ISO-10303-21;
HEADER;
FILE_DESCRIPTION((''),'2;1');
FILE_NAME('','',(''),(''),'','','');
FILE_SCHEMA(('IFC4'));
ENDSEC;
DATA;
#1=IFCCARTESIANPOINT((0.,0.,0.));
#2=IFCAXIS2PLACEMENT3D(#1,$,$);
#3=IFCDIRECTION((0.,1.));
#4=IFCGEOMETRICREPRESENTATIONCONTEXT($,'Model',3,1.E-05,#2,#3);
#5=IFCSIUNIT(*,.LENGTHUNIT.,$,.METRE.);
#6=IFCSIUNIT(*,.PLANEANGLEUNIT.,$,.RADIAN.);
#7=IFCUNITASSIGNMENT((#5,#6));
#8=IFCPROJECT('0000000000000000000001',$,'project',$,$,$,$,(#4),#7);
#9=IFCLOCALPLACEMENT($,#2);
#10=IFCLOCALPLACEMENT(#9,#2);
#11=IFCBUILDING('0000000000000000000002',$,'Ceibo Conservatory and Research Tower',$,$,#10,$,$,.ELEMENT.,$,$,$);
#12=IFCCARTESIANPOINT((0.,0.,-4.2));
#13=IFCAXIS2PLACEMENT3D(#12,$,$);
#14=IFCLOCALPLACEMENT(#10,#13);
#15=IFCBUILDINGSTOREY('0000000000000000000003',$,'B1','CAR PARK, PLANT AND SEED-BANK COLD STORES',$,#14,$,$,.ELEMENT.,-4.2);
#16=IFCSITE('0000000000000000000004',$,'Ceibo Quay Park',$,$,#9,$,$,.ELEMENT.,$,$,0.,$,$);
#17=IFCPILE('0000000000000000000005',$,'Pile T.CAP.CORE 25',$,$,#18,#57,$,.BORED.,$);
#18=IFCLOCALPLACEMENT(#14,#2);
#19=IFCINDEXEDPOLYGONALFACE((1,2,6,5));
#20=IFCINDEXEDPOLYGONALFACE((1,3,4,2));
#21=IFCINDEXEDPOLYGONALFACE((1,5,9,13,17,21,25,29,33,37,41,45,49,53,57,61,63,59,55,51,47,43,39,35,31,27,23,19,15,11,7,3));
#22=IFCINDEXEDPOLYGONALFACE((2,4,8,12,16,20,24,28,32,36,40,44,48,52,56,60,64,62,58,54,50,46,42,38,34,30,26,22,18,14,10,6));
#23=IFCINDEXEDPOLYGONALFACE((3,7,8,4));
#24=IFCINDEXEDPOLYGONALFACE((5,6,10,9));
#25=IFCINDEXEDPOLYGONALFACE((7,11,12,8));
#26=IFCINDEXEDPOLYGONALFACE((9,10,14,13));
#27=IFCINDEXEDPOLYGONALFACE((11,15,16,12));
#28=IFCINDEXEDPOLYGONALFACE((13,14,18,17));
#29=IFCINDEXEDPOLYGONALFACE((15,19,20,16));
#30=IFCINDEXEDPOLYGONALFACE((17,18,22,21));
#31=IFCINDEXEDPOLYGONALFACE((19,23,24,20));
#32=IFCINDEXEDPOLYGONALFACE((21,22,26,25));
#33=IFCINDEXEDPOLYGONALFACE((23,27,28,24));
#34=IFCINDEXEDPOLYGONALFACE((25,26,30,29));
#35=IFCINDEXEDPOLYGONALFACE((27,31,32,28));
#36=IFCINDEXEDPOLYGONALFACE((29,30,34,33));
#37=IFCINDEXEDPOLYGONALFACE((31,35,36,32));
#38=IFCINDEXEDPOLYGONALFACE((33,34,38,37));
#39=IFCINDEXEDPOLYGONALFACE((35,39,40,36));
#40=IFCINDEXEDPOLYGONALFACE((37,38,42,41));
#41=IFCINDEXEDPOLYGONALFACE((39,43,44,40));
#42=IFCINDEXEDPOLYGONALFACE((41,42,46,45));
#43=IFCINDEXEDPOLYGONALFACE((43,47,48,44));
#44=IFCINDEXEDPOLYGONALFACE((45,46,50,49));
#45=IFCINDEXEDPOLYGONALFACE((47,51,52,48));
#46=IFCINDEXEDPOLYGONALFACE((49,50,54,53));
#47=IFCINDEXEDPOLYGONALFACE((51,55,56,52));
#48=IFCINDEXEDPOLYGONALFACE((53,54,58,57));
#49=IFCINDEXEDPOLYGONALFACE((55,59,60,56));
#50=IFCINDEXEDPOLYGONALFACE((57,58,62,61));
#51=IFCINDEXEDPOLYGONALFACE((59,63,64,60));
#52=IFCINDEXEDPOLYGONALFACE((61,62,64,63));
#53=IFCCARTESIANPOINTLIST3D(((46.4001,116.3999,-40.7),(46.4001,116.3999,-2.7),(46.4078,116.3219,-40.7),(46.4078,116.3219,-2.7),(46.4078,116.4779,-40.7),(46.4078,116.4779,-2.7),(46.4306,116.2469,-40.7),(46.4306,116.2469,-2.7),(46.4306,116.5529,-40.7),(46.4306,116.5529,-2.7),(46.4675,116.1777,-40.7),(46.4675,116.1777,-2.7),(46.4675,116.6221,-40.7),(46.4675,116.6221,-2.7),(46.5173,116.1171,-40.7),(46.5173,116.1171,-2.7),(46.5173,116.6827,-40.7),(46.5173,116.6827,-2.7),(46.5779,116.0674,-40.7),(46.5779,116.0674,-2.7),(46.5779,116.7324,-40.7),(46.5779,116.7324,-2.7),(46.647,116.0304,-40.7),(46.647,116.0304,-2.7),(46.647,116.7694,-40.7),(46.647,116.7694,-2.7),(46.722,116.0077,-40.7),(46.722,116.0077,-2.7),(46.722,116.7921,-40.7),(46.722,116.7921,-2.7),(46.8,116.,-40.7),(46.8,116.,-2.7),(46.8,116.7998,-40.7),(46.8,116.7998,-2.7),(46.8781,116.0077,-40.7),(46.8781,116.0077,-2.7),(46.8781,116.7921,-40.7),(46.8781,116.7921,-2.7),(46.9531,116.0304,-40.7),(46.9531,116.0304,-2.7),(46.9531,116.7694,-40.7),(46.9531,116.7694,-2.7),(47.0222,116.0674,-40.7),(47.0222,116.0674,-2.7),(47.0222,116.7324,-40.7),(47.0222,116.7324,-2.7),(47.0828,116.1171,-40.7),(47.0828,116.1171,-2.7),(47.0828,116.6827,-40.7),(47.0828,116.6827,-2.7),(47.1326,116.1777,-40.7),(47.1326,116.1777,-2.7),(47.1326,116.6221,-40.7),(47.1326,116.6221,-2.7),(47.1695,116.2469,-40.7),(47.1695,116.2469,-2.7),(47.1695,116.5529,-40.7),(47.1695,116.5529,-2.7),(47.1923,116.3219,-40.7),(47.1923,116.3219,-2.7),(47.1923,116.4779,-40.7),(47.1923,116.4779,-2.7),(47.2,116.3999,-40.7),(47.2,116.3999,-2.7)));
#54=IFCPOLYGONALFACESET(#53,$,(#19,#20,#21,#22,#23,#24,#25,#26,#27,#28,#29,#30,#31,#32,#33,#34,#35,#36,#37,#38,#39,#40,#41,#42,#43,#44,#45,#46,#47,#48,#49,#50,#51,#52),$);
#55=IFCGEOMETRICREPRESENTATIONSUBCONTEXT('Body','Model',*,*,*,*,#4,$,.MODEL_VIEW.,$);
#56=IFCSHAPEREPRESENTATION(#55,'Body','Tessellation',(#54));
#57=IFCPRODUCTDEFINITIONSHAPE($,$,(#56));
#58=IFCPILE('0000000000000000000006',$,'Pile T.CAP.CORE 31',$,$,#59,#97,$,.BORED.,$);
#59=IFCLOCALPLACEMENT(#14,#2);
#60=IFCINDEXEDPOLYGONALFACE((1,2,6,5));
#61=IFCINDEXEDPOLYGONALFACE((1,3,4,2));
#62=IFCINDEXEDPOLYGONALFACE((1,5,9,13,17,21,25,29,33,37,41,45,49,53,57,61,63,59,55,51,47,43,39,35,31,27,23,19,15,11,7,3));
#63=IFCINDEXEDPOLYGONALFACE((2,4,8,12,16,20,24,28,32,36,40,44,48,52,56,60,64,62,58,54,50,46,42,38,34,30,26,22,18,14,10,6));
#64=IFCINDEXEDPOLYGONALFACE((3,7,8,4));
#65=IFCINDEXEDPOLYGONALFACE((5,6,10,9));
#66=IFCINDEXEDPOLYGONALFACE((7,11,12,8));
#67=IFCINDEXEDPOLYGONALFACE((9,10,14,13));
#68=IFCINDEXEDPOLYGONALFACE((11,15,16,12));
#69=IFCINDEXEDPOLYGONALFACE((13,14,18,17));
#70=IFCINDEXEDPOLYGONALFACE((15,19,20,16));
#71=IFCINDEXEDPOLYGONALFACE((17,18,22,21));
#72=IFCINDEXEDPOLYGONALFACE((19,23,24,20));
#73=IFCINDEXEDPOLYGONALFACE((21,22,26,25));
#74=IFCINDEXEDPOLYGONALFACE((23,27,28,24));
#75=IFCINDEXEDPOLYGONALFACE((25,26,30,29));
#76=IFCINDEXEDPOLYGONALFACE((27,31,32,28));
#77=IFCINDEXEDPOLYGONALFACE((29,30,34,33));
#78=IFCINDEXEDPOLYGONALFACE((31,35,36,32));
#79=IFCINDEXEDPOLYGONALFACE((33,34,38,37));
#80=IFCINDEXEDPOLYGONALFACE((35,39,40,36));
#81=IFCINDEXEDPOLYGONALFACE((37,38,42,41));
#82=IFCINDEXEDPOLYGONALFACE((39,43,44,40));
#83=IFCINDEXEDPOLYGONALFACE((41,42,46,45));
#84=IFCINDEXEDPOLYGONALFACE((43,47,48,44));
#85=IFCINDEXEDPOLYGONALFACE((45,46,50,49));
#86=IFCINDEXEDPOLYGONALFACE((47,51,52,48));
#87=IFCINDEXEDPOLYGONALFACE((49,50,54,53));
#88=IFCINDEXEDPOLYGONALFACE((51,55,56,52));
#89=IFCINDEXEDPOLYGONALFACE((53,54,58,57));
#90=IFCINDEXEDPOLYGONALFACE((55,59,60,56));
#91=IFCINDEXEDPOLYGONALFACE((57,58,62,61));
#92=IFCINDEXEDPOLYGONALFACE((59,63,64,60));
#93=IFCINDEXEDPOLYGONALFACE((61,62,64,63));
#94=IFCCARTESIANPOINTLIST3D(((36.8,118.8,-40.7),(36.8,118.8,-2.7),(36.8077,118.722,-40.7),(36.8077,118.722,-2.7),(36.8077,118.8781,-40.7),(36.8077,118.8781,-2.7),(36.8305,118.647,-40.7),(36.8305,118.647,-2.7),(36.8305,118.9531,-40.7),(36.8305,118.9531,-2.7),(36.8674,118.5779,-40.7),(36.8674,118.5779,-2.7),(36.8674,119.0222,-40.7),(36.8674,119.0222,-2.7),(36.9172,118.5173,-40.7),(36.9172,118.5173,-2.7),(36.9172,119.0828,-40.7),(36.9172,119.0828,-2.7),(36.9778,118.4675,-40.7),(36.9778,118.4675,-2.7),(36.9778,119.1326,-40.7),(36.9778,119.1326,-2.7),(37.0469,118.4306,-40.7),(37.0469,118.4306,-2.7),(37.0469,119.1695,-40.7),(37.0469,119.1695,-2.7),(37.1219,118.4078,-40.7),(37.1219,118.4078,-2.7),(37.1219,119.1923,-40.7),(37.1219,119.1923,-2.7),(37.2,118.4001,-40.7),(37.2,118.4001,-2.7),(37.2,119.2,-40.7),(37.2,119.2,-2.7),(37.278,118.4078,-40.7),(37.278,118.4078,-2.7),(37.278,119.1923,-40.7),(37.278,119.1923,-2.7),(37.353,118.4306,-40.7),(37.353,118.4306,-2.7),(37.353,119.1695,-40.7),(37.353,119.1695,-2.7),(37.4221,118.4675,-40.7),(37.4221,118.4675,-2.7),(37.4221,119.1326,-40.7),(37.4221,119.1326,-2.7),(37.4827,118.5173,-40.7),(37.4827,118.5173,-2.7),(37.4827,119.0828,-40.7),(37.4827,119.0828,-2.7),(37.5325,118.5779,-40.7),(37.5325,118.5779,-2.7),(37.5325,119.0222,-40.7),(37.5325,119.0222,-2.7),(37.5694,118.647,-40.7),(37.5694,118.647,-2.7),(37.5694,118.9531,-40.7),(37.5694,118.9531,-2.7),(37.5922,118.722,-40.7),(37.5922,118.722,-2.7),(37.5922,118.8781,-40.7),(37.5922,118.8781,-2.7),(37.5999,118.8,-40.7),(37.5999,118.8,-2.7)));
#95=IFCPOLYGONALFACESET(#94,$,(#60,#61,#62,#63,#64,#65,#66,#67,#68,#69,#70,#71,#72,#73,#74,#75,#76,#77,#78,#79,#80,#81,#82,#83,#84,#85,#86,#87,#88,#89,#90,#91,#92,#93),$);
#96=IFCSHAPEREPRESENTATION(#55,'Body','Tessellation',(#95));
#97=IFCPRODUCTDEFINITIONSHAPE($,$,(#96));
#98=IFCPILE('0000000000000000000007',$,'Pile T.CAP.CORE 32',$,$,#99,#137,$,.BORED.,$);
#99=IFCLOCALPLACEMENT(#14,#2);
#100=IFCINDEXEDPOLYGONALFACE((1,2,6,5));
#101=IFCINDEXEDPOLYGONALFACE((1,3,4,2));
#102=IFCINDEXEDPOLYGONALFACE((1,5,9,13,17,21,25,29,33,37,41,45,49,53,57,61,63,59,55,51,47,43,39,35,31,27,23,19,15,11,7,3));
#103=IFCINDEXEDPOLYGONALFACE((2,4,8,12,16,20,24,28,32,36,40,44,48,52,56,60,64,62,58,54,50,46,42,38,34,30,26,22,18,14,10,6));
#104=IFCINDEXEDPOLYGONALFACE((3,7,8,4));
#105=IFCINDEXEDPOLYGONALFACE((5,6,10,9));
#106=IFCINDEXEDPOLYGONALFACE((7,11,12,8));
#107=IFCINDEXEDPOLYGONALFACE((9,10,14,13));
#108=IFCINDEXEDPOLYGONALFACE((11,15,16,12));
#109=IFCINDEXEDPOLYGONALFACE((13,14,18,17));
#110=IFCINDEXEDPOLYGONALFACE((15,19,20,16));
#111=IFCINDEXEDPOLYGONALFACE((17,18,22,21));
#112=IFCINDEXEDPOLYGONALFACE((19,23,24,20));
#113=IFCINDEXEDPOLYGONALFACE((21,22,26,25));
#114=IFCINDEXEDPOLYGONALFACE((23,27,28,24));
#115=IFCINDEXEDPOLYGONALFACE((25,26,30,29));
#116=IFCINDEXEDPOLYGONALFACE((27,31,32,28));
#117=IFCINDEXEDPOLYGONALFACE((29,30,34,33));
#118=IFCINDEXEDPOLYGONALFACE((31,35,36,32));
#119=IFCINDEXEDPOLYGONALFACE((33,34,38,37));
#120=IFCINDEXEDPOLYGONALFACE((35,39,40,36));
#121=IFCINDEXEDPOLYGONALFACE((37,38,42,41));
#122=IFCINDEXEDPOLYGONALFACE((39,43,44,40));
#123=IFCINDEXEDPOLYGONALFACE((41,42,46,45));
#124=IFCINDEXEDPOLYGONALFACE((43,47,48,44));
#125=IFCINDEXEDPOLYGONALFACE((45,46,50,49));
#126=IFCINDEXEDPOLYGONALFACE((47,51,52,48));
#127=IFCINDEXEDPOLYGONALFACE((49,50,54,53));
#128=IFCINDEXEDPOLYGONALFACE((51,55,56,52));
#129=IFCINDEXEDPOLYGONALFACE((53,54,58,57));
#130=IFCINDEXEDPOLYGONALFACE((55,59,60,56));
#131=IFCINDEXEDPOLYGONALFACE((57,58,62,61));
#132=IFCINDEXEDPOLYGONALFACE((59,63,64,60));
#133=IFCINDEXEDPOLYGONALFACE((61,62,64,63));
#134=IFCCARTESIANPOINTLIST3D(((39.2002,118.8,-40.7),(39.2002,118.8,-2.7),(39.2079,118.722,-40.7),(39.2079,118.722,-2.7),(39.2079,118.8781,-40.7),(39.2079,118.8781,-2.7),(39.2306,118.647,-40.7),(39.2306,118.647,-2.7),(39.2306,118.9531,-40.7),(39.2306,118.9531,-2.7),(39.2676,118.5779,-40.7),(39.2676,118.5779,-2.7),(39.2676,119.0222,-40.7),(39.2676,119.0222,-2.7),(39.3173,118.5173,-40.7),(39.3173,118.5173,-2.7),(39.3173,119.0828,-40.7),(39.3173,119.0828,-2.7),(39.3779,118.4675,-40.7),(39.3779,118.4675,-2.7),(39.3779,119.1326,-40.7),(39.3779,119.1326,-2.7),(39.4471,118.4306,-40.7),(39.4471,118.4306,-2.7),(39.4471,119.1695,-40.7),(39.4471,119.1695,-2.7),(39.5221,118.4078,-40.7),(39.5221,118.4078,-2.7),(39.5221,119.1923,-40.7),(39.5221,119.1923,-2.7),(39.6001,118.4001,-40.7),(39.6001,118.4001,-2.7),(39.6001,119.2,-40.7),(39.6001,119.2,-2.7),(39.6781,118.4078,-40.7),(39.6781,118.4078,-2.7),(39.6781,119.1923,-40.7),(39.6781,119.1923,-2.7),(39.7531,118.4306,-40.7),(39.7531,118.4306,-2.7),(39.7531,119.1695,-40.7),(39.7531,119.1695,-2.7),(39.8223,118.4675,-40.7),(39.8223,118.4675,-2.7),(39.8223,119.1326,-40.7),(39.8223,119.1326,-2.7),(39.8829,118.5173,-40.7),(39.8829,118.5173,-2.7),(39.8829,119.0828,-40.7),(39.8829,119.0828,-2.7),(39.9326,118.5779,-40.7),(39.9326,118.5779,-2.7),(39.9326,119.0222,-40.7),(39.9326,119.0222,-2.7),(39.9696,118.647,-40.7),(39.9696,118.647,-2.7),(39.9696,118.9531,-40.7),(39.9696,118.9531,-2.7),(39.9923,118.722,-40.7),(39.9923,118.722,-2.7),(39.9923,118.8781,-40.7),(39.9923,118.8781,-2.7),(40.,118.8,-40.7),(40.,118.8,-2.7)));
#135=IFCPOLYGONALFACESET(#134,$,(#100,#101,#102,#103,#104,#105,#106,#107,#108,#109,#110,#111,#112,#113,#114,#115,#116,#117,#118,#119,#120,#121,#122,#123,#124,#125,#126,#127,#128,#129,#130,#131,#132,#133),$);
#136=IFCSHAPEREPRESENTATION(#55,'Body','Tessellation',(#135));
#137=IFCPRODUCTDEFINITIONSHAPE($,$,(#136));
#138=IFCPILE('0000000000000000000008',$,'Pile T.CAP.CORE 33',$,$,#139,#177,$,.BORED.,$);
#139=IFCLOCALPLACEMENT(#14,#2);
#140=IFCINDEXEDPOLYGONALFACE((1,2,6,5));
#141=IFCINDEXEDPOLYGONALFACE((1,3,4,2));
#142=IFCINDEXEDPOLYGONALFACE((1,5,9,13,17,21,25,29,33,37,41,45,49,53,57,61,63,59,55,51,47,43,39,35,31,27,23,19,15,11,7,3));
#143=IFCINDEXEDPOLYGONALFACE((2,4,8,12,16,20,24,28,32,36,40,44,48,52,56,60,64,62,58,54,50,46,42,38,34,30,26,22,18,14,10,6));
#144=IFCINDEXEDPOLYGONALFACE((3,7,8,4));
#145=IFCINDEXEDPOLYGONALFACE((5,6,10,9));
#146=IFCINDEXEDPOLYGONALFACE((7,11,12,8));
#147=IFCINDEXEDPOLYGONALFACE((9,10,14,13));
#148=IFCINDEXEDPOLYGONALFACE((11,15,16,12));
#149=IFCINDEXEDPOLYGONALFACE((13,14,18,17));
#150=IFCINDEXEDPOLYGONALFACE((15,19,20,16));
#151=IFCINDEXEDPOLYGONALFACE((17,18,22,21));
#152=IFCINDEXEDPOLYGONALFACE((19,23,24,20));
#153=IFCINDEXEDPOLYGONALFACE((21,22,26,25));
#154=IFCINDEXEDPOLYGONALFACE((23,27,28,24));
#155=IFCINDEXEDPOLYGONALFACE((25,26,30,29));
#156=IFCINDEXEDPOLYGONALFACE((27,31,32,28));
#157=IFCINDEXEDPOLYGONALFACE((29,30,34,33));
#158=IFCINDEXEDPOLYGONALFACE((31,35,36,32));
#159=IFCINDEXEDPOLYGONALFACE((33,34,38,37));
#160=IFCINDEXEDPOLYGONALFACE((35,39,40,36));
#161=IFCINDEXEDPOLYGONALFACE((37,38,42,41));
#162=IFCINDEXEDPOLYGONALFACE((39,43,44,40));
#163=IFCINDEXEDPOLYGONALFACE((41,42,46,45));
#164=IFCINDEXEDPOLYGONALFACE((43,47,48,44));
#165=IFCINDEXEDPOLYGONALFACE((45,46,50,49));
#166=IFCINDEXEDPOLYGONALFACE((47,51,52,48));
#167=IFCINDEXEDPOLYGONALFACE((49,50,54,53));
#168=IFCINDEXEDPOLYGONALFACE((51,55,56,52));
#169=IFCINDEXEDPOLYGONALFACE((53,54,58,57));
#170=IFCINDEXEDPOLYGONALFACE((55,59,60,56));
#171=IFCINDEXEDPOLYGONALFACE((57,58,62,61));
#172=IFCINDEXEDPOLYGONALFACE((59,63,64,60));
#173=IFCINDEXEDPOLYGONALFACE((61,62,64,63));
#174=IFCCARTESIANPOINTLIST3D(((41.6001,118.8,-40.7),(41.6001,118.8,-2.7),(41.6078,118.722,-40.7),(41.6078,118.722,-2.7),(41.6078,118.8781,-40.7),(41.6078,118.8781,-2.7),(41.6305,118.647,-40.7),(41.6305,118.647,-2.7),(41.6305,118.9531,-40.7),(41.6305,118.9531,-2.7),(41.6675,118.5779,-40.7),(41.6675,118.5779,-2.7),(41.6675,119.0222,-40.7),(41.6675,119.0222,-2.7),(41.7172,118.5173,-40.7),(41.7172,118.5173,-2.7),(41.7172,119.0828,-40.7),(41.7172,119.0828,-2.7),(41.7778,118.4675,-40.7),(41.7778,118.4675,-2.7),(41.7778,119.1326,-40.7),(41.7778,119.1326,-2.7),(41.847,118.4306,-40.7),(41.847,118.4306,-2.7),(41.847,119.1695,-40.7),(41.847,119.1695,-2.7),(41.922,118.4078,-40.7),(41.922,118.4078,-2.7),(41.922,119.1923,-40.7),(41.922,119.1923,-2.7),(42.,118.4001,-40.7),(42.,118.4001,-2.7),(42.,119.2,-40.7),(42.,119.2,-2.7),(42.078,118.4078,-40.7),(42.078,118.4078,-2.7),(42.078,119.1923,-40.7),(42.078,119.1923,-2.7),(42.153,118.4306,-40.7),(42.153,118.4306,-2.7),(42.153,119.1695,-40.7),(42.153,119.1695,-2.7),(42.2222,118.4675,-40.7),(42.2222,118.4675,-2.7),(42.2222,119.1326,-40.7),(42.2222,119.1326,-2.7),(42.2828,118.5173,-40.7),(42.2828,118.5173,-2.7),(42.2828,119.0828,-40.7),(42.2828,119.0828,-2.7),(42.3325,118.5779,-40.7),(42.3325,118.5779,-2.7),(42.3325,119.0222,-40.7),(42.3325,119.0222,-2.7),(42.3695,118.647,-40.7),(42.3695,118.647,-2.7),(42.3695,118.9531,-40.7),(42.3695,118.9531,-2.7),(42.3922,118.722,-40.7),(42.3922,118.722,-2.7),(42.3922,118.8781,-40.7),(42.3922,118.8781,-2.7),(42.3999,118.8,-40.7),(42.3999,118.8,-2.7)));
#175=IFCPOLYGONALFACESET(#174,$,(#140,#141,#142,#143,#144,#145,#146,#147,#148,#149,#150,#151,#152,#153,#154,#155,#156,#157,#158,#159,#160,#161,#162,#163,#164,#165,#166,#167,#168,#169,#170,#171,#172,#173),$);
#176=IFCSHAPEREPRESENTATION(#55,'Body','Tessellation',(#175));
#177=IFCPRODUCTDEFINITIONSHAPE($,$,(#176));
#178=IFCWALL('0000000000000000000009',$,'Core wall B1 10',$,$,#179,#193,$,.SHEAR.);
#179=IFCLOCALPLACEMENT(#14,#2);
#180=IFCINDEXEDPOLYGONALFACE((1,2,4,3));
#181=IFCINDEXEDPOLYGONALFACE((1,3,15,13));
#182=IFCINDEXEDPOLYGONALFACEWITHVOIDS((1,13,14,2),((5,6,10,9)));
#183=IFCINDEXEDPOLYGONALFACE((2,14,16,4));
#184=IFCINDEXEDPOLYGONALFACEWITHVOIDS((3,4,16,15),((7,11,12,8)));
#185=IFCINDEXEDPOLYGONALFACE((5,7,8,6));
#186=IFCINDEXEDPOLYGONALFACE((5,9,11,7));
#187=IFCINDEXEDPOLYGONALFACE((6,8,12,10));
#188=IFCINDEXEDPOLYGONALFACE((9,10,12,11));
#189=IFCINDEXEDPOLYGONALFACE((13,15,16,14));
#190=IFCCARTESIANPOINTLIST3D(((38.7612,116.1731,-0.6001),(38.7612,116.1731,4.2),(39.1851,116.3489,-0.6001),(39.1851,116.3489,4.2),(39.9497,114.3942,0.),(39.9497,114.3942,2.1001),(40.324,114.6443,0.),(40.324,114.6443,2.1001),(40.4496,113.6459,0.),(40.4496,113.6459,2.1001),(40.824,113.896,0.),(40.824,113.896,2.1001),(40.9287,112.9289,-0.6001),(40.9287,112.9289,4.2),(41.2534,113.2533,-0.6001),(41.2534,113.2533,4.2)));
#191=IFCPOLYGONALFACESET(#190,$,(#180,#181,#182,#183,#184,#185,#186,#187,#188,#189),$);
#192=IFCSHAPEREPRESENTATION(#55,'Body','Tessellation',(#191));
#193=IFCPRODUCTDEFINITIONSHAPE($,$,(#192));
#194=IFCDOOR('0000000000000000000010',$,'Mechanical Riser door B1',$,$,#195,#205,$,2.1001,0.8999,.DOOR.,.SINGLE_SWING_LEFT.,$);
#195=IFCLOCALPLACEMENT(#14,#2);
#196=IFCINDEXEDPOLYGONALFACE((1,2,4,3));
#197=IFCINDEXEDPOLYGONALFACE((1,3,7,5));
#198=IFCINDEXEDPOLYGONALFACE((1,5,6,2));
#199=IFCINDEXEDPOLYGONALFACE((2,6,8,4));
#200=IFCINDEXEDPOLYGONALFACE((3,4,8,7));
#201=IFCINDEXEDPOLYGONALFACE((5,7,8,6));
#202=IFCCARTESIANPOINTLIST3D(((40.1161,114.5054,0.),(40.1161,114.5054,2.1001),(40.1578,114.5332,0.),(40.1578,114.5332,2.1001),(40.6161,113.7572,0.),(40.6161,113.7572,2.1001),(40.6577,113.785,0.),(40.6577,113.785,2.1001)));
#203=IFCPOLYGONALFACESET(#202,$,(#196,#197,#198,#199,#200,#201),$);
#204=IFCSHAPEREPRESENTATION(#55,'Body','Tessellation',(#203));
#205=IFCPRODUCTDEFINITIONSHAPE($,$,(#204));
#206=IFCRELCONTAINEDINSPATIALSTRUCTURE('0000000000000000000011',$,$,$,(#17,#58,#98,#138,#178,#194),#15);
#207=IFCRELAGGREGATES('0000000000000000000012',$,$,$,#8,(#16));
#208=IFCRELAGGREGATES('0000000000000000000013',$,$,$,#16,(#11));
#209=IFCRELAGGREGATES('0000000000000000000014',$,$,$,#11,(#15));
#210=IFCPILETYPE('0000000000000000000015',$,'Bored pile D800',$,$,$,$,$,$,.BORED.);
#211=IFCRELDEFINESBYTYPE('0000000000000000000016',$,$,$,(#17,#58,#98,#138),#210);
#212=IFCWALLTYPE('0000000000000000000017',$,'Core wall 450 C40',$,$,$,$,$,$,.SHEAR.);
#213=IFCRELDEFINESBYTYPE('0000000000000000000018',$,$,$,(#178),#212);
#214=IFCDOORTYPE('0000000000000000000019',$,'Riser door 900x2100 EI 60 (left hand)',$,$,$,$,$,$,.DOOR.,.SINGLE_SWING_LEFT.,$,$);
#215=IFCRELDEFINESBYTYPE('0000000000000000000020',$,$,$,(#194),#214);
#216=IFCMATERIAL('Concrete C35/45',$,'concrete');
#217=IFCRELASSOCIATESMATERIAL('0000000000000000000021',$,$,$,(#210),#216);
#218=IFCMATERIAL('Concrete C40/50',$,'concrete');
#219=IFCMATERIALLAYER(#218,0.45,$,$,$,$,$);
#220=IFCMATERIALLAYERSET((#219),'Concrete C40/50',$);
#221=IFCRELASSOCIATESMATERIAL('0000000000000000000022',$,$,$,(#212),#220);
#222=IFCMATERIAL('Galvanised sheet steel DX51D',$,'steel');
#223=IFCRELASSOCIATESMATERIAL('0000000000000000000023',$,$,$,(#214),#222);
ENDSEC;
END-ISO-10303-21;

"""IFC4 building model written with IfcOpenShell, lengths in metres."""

from ifc_helpers import new_model, si_unit, direction, frame, frame_2d, origin, origin_2d, place, context, subcontext, project, spatial, polyline, rectangle, circle, outline, extrude, material, layer, layer_set, material_profile, profile_set, type_object, element, fill, save


model = new_model("IFC4")

# Units and contexts
model_context = context("Model", 3, precision=1e-05, world=origin(), true_north=direction((0.0, 1.0)))
body_context = subcontext(model_context, "Body", "Model", "MODEL_VIEW")
ifc_project = project(units=[si_unit("LENGTHUNIT", "METRE"), si_unit("PLANEANGLEUNIT", "RADIAN")], contexts=[model_context])

# Site, building, storey
site_placement = place(None, origin())
site = spatial("IfcSite", under=ifc_project, at=site_placement, Name="Ceibo Quay Park", CompositionType="ELEMENT", RefElevation=0.0)
building_placement = place(site_placement, origin())
building = spatial("IfcBuilding", under=site, at=building_placement, Name="Ceibo Conservatory and Research Tower", CompositionType="ELEMENT")
storey_placement = place(building_placement, frame((0.0, 0.0, -4.2)))
storey = spatial("IfcBuildingStorey", under=building, at=storey_placement, Name="B1", Description="CAR PARK, PLANT AND SEED-BANK COLD STORES", CompositionType="ELEMENT", Elevation=-4.2)

# Piles
ifc_material_1 = material(Name="Concrete C35/45", Category="concrete")
ifc_material_profile = material_profile(ifc_material_1, circle(Radius=0.3999, at=origin_2d()), Name="RC D800")
ifc_profile_set = profile_set([ifc_material_profile], Name="Concrete C35/45")
pile_type = type_object("IfcPileType", Name="Bored pile D800", PredefinedType="BORED", material=ifc_profile_set)
for number, where, z_axis, x_axis, name in (
    (1, (46.8, 116.3999, -2.7), (0.0, 0.0, -1.0), (1.0, 0.0, 0.0), "Pile T.CAP.CORE 25"),
    (2, (37.2, 118.8, -2.7), (0.0, 0.0, -1.0), (1.0, 0.0, 0.0), "Pile T.CAP.CORE 31"),
    (3, (39.6001, 118.8, -2.7), (0.0, 0.0, -1.0), (1.0, 0.0, 0.0), "Pile T.CAP.CORE 32"),
    (4, (42.0, 118.8, -2.7), (0.0, 0.0, -1.0), (1.0, 0.0, 0.0), "Pile T.CAP.CORE 33"),
):
    element("IfcPile", number, at=place(storey_placement, frame(where, z_axis=z_axis, x_axis=x_axis)), inside=storey, type_object=pile_type, Name=name, PredefinedType="BORED", context=body_context, shape_type="SweptSolid", body=[
        extrude(circle(Radius=0.3999, at=origin_2d()), origin(), (0.0, 0.0, 1.0), 38.0),
    ])

# Wall, opening, door
ifc_material_2 = material(Name="Concrete C40/50", Category="concrete")
ifc_layer_1 = layer(ifc_material_2, 0.45)
ifc_layer_set_1 = layer_set([ifc_layer_1], Name="Concrete C40/50")
wall_type_1 = type_object("IfcWallType", Name="Core wall 450 C40", PredefinedType="SHEAR", material=ifc_layer_set_1)
wall_1_placement = place(storey_placement, frame((38.9731, 116.261, -0.6001), z_axis=(0.0, 0.0, 1.0), x_axis=(0.555542, -0.831488, 0.0)))
wall_1 = element("IfcWall", 5, at=wall_1_placement, inside=storey, type_object=wall_type_1, Name="Core wall B1 10", PredefinedType="SHEAR", context=body_context, shape_type="SweptSolid", body=[
    extrude(outline(polyline([(-0.0447, -0.2251), (3.8569, -0.2251), (3.7676, 0.2251), (0.0447, 0.2251), (-0.0447, -0.2251)])), origin(), (0.0, 0.0, 1.0), 4.8),
])
opening_placement = place(wall_1_placement, frame((2.0947, 0.0, 0.6001)))
opening = element("IfcOpeningElement", 6, at=opening_placement, cuts=wall_1, PredefinedType="OPENING", context=body_context, shape_type="SweptSolid", body=[
    extrude(rectangle(XDim=0.8999, YDim=2.1001, at=frame_2d((0.45, 1.05))), frame((0.0, 0.2349, 0.0), z_axis=(0.0, -1.0, 0.0), x_axis=(1.0, 0.0, 0.0)), (0.0, 0.0, 1.0), 0.47),
])
ifc_material_3 = material(Name="Galvanised sheet steel DX51D", Category="steel")
door_type = type_object("IfcDoorType", Name="Riser door 900x2100 EI 60 (left hand)", OperationType="SINGLE_SWING_LEFT", PredefinedType="DOOR", material=ifc_material_3)
door_placement = place(opening_placement, frame((0.8999, 0.0, 0.0), z_axis=(0.0, 0.0, 1.0), x_axis=(-1.0, 0.0, 0.0)))
door = element("IfcDoor", 7, at=door_placement, inside=storey, type_object=door_type, Name="Mechanical Riser door B1", OperationType="SINGLE_SWING_LEFT", OverallHeight=2.1001, OverallWidth=0.8999, PredefinedType="DOOR", context=body_context, shape_type="SweptSolid", body=[
    extrude(rectangle(XDim=0.8999, YDim=2.1001, at=frame_2d((0.45, 1.05))), frame((0.0, 0.0249, 0.0), z_axis=(0.0, -1.0, 0.0), x_axis=(1.0, 0.0, 0.0)), (0.0, 0.0, 1.0), 0.05),
])
fill(opening, door)

save(model, "model.ifc")
